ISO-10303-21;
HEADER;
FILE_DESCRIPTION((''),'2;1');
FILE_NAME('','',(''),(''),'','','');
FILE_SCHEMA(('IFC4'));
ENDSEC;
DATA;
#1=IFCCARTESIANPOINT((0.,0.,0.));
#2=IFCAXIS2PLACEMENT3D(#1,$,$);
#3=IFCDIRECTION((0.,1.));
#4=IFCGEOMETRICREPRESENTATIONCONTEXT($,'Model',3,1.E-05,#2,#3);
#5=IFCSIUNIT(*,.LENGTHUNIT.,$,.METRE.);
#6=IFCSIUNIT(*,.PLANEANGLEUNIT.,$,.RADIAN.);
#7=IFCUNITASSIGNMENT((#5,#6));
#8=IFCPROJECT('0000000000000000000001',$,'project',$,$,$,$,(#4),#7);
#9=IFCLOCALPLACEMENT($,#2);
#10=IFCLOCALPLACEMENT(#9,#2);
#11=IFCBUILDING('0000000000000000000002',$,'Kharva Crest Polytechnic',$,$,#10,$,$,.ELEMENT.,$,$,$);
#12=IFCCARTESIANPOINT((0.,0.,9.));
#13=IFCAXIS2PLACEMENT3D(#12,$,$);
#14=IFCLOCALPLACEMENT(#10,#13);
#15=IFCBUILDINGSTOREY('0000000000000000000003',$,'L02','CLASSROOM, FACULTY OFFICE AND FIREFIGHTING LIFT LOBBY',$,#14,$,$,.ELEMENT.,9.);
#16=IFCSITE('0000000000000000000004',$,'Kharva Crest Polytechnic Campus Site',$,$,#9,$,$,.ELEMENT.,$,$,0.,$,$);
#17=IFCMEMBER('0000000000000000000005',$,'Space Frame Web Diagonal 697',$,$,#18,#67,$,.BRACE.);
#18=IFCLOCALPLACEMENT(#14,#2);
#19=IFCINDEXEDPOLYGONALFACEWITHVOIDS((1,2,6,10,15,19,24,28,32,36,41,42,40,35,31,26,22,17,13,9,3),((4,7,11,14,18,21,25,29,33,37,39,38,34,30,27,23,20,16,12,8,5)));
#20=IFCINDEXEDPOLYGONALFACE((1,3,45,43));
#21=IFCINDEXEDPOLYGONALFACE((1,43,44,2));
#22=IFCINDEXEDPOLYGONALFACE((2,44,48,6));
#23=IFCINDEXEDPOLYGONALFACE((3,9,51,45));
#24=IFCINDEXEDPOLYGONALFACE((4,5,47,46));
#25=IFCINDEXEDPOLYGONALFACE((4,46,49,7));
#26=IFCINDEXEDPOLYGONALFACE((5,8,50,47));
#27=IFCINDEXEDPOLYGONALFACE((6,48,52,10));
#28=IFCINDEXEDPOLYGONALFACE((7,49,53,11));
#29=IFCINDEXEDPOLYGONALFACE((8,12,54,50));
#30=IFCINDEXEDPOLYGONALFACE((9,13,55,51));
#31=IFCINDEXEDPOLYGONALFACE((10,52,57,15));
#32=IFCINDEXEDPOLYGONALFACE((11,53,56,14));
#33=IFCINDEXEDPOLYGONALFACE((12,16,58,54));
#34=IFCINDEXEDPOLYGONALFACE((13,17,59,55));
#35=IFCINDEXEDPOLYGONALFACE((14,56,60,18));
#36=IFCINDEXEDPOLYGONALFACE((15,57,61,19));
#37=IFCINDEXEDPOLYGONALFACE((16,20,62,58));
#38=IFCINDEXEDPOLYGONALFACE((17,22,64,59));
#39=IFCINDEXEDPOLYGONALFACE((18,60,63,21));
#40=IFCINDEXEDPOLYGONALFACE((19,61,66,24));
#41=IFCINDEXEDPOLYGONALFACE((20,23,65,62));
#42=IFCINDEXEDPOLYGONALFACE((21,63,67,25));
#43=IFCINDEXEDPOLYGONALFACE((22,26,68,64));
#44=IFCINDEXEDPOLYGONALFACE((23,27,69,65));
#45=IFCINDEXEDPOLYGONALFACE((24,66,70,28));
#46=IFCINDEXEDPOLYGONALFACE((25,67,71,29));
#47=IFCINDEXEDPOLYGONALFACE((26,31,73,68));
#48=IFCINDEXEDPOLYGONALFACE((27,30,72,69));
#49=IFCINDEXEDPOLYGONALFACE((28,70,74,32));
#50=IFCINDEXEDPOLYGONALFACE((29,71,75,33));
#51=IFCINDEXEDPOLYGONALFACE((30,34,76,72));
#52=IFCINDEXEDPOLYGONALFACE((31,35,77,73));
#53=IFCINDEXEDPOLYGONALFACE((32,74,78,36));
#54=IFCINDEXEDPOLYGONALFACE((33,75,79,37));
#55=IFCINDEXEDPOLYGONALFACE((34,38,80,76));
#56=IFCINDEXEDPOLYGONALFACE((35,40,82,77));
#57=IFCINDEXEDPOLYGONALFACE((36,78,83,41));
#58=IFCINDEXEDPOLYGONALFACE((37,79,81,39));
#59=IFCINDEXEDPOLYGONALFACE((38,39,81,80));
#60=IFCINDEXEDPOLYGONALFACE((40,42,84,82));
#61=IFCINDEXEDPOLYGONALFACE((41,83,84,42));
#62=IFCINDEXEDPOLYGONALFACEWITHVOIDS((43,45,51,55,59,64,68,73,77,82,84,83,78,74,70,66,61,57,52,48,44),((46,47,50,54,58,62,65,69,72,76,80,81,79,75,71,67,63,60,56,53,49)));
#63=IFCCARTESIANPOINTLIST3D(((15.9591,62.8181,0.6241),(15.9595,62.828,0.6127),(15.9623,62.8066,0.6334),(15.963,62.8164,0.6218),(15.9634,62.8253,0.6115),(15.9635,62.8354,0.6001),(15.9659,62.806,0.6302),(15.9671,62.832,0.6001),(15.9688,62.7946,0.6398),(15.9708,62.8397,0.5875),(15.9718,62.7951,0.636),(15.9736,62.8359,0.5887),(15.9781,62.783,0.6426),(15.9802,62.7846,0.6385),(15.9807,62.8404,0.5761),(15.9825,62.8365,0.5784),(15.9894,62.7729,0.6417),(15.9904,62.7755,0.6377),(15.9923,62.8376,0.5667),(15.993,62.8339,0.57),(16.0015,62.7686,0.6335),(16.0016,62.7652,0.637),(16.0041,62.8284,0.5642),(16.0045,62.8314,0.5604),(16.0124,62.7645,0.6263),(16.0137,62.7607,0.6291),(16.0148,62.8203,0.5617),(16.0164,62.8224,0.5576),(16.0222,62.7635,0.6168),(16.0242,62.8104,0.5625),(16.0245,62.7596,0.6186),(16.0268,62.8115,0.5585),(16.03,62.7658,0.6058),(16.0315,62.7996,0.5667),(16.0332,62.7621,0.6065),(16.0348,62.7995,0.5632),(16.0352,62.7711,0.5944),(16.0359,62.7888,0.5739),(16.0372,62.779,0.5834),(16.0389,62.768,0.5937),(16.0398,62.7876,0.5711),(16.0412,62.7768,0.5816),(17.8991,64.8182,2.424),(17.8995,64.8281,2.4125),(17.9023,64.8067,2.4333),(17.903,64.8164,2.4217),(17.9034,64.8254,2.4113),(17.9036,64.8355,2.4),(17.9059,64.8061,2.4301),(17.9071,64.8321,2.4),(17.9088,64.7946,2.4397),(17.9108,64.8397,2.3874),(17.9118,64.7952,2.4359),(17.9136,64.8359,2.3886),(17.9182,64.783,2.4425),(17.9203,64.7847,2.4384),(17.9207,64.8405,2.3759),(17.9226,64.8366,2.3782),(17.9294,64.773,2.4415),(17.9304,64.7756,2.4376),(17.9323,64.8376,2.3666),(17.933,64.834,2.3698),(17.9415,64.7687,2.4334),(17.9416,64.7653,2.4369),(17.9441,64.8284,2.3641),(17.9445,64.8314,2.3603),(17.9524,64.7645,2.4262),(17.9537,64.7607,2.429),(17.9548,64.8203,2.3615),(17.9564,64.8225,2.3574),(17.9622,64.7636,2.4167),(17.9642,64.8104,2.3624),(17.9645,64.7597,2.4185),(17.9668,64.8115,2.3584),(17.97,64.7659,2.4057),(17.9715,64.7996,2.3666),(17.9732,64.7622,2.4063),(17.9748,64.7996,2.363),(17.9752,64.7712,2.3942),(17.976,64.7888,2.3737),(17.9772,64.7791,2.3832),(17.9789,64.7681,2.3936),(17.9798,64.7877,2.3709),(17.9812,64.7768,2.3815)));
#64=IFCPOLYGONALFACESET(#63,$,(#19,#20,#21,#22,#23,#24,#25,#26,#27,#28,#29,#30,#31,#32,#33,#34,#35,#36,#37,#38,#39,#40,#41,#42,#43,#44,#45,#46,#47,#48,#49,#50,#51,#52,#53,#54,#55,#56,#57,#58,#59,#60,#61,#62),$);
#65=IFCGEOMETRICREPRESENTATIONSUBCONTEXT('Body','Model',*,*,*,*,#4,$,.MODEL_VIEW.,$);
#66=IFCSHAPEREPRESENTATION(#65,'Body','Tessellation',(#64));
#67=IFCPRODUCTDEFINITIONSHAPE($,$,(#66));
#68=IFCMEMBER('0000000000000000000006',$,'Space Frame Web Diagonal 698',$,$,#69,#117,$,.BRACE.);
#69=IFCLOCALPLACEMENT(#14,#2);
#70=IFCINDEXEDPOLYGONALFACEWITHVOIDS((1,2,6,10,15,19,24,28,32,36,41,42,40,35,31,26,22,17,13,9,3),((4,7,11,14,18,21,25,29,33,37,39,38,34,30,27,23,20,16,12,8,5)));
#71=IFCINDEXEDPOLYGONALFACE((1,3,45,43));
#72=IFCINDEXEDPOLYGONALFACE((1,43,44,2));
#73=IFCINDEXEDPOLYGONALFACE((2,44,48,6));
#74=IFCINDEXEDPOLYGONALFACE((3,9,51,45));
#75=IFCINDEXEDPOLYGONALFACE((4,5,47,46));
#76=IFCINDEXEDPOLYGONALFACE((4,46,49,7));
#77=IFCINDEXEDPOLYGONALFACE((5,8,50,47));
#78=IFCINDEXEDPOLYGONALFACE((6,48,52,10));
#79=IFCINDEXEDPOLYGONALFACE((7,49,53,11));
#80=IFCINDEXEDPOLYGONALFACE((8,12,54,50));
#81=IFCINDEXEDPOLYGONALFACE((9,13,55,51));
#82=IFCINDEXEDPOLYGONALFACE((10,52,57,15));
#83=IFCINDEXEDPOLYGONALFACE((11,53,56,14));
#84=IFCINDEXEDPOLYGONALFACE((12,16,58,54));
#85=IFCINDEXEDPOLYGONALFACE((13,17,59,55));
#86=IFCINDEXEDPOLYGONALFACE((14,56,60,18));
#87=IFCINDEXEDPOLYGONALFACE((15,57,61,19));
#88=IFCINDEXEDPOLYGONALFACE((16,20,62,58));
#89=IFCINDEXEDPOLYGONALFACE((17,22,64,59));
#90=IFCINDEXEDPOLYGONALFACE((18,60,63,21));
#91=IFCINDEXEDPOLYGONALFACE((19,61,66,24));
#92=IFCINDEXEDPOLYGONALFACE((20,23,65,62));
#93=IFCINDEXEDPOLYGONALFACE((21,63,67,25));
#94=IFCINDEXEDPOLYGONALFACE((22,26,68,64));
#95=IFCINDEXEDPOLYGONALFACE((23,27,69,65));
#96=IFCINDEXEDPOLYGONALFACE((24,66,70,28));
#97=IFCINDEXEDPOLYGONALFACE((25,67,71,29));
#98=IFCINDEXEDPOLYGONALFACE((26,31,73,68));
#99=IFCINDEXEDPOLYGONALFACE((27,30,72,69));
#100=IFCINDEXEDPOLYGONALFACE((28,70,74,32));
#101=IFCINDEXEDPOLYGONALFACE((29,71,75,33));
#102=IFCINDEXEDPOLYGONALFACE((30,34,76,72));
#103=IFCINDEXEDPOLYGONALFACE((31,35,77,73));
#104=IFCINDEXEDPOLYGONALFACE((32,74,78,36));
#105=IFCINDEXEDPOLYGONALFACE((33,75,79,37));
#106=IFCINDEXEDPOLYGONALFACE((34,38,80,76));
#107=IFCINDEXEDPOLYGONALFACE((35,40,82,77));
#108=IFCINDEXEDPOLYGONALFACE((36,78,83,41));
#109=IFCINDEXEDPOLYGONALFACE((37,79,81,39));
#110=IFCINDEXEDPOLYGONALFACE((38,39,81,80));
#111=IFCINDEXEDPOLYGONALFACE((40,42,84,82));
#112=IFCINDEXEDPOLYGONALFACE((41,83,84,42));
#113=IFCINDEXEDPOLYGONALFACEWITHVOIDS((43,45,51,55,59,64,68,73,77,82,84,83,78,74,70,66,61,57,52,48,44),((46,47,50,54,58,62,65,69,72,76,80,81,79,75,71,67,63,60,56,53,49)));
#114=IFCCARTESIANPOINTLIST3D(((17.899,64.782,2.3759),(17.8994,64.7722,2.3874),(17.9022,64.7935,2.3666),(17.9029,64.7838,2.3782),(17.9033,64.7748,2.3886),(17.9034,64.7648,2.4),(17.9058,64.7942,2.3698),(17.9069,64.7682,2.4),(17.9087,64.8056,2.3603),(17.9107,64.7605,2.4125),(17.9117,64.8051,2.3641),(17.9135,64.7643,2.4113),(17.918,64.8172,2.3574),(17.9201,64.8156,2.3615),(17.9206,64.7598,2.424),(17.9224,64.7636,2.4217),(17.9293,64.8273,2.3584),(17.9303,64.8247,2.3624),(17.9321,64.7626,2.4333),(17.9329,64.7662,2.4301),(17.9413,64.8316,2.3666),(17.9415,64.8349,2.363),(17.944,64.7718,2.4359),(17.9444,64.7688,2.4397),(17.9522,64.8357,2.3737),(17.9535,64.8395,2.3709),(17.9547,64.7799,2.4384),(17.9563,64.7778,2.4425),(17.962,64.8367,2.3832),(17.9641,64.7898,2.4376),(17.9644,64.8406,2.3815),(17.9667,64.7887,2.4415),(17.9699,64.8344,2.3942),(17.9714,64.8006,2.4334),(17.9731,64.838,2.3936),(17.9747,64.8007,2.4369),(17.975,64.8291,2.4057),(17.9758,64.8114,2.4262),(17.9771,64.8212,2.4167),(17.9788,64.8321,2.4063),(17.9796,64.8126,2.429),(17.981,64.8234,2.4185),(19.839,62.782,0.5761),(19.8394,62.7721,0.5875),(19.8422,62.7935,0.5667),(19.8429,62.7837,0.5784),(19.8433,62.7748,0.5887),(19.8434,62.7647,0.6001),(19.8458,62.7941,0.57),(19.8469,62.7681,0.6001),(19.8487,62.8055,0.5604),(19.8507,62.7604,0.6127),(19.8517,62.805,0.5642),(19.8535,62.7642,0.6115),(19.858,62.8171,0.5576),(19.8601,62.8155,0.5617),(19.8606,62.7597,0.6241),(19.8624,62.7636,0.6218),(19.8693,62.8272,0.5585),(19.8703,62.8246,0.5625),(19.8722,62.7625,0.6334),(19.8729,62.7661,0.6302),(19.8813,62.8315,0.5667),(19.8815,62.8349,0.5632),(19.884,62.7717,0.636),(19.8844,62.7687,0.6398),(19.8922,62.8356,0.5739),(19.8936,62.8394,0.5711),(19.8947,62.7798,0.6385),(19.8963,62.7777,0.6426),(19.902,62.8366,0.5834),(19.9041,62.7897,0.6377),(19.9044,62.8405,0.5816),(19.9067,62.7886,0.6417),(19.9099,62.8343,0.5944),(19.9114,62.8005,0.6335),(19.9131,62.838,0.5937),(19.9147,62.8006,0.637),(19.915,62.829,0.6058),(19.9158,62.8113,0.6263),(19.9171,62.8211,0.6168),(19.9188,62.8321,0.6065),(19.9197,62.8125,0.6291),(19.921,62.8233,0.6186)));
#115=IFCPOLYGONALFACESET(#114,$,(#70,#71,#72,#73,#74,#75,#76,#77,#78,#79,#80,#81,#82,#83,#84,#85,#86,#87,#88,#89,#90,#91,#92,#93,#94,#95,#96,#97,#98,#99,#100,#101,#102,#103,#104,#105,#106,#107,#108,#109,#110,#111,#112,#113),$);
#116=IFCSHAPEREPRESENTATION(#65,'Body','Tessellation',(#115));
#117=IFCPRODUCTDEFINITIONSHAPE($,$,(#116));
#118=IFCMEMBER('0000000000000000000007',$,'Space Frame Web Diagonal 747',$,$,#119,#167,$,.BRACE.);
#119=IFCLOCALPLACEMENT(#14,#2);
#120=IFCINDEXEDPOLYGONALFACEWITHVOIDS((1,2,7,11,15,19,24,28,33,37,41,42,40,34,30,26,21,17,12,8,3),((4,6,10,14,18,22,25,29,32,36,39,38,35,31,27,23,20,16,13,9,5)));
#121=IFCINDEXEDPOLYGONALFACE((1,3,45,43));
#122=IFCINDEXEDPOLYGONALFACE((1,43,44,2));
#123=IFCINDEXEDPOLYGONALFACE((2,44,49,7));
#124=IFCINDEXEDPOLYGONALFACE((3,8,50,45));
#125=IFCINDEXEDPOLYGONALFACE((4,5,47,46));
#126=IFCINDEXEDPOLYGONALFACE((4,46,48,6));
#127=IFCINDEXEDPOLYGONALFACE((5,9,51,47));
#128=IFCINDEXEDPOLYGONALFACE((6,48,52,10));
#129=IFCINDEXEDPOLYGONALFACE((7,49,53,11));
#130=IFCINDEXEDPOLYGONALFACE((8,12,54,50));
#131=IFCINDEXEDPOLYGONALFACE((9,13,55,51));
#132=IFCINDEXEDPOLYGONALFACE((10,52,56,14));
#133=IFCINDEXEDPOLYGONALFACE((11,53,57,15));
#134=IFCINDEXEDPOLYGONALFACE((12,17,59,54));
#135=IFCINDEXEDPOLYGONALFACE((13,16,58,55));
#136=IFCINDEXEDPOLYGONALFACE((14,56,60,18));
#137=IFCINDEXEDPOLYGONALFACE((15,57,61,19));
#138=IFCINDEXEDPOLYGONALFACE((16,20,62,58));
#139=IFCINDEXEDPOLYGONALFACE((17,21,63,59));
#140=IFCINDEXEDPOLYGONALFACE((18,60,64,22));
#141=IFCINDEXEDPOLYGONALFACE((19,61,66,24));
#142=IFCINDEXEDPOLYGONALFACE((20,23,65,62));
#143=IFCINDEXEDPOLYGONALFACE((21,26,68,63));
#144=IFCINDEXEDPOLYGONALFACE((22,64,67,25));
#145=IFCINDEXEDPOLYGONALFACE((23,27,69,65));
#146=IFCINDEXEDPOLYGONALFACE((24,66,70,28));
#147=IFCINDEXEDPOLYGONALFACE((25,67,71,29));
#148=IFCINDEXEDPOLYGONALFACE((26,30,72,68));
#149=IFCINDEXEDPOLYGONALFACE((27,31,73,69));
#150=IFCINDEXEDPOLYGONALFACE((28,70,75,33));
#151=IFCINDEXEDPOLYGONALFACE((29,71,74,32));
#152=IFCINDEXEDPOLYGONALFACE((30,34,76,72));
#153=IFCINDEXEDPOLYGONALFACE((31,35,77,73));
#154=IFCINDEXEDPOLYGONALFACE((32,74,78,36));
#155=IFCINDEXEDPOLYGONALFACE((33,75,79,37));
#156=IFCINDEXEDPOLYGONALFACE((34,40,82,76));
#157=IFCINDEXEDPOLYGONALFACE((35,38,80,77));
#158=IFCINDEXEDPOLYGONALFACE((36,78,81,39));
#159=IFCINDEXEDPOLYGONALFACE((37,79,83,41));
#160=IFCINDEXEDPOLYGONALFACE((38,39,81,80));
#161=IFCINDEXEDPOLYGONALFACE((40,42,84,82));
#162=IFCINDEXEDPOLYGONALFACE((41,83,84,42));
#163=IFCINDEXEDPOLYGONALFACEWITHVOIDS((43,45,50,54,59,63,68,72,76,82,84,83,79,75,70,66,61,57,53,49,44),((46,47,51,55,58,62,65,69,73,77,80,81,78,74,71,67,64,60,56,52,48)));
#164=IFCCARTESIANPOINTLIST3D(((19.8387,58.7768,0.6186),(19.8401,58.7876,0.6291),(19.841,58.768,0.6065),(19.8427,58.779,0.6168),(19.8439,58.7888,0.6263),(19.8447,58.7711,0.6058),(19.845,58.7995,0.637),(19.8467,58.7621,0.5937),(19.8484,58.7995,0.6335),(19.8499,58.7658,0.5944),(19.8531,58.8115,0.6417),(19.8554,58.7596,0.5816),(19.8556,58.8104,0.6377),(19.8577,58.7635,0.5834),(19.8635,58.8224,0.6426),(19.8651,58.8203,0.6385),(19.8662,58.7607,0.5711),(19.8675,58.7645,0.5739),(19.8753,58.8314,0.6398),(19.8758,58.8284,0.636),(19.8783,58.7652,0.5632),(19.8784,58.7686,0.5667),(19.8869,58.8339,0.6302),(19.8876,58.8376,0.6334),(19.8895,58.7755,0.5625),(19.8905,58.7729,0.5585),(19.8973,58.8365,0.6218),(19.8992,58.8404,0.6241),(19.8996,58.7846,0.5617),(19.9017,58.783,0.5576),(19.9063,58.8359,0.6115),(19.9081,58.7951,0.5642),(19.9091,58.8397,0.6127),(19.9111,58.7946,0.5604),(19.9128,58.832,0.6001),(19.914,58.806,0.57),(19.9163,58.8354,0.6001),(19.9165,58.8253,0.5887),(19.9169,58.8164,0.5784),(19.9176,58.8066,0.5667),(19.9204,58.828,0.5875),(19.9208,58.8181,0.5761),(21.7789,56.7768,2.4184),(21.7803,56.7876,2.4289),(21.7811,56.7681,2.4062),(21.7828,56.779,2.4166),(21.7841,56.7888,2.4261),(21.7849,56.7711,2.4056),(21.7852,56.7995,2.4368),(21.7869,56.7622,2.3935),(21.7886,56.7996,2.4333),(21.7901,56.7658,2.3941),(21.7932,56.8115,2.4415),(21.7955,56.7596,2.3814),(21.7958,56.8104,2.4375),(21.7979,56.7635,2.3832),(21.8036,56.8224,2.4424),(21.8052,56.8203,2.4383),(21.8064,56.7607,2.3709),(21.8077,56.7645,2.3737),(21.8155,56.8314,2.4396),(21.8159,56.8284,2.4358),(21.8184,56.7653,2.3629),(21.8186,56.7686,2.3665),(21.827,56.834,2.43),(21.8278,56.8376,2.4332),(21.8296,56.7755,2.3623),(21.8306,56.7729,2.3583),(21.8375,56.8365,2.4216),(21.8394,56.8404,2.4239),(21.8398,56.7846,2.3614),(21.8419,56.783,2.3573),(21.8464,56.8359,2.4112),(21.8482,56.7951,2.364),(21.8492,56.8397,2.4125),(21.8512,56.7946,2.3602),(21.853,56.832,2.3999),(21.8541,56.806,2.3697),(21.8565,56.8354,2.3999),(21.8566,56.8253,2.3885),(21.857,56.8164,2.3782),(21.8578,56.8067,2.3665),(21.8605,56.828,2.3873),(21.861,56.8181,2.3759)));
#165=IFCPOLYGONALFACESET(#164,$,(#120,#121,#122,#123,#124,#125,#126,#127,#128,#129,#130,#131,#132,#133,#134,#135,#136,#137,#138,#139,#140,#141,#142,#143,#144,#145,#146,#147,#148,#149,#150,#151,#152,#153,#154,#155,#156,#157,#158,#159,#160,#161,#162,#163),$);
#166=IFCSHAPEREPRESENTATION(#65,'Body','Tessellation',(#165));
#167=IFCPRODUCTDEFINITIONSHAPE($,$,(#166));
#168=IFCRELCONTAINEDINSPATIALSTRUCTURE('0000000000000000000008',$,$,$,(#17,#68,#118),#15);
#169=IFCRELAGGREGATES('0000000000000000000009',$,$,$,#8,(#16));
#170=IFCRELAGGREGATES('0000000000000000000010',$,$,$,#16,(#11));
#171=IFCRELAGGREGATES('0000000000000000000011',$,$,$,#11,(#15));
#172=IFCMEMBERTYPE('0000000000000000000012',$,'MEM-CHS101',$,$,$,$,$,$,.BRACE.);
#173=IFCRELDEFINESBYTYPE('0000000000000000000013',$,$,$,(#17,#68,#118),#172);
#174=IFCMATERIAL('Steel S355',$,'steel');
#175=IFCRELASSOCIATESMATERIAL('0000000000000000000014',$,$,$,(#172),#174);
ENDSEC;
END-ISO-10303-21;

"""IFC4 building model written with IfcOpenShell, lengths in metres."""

from ifc_helpers import new_model, si_unit, direction, frame, origin, origin_2d, place, context, subcontext, project, spatial, hollow_circle, extrude, material, material_profile, profile_set, type_object, element, save


model = new_model("IFC4")

# Units and contexts
model_context = context("Model", 3, precision=1e-05, world=origin(), true_north=direction((0.0, 1.0)))
body_context = subcontext(model_context, "Body", "Model", "MODEL_VIEW")
ifc_project = project(units=[si_unit("LENGTHUNIT", "METRE"), si_unit("PLANEANGLEUNIT", "RADIAN")], contexts=[model_context])

# Site, building, storey
site_placement = place(None, origin())
site = spatial("IfcSite", under=ifc_project, at=site_placement, Name="Kharva Crest Polytechnic Campus Site", CompositionType="ELEMENT", RefElevation=0.0)
building_placement = place(site_placement, origin())
building = spatial("IfcBuilding", under=site, at=building_placement, Name="Kharva Crest Polytechnic", CompositionType="ELEMENT")
storey_placement = place(building_placement, frame((0.0, 0.0, 9.0)))
storey = spatial("IfcBuildingStorey", under=building, at=storey_placement, Name="L02", Description="CLASSROOM, FACULTY OFFICE AND FIREFIGHTING LIFT LOBBY", CompositionType="ELEMENT", Elevation=9.0)

# Shared definitions
ifc_material_1 = material(Name="Steel S355", Category="steel")

# Members
ifc_material_profile_1 = material_profile(ifc_material_1, hollow_circle(Radius=0.0508, WallThickness=0.0049, at=origin_2d()), Name="CHS 101.6X5.0")
ifc_profile_set_1 = profile_set([ifc_material_profile_1], Name="Steel S355")
member_type_1 = type_object("IfcMemberType", Name="MEM-CHS101", PredefinedType="BRACE", material=ifc_profile_set_1)
for number, where, z_axis, x_axis, name in (
    (1, (16.0, 62.8, 0.6001), (0.584843, 0.60295, 0.542596), (-0.717802, 0.696247, 0.0), "Space Frame Web Diagonal 697"),
    (2, (19.8799, 62.8, 0.6001), (-0.584843, 0.60295, 0.542596), (-0.717802, -0.696247, 0.0), "Space Frame Web Diagonal 698"),
    (3, (19.8799, 58.8, 0.6001), (0.584892, -0.602924, 0.542572), (0.717758, 0.696292, 0.0), "Space Frame Web Diagonal 747"),
):
    element("IfcMember", number, at=place(storey_placement, frame(where, z_axis=z_axis, x_axis=x_axis)), inside=storey, type_object=member_type_1, Name=name, PredefinedType="BRACE", context=body_context, shape_type="SweptSolid", body=[
        extrude(hollow_circle(Radius=0.0508, WallThickness=0.0049, at=origin_2d()), origin(), (0.0, 0.0, 1.0), 3.3171),
    ])

save(model, "model.ifc")
